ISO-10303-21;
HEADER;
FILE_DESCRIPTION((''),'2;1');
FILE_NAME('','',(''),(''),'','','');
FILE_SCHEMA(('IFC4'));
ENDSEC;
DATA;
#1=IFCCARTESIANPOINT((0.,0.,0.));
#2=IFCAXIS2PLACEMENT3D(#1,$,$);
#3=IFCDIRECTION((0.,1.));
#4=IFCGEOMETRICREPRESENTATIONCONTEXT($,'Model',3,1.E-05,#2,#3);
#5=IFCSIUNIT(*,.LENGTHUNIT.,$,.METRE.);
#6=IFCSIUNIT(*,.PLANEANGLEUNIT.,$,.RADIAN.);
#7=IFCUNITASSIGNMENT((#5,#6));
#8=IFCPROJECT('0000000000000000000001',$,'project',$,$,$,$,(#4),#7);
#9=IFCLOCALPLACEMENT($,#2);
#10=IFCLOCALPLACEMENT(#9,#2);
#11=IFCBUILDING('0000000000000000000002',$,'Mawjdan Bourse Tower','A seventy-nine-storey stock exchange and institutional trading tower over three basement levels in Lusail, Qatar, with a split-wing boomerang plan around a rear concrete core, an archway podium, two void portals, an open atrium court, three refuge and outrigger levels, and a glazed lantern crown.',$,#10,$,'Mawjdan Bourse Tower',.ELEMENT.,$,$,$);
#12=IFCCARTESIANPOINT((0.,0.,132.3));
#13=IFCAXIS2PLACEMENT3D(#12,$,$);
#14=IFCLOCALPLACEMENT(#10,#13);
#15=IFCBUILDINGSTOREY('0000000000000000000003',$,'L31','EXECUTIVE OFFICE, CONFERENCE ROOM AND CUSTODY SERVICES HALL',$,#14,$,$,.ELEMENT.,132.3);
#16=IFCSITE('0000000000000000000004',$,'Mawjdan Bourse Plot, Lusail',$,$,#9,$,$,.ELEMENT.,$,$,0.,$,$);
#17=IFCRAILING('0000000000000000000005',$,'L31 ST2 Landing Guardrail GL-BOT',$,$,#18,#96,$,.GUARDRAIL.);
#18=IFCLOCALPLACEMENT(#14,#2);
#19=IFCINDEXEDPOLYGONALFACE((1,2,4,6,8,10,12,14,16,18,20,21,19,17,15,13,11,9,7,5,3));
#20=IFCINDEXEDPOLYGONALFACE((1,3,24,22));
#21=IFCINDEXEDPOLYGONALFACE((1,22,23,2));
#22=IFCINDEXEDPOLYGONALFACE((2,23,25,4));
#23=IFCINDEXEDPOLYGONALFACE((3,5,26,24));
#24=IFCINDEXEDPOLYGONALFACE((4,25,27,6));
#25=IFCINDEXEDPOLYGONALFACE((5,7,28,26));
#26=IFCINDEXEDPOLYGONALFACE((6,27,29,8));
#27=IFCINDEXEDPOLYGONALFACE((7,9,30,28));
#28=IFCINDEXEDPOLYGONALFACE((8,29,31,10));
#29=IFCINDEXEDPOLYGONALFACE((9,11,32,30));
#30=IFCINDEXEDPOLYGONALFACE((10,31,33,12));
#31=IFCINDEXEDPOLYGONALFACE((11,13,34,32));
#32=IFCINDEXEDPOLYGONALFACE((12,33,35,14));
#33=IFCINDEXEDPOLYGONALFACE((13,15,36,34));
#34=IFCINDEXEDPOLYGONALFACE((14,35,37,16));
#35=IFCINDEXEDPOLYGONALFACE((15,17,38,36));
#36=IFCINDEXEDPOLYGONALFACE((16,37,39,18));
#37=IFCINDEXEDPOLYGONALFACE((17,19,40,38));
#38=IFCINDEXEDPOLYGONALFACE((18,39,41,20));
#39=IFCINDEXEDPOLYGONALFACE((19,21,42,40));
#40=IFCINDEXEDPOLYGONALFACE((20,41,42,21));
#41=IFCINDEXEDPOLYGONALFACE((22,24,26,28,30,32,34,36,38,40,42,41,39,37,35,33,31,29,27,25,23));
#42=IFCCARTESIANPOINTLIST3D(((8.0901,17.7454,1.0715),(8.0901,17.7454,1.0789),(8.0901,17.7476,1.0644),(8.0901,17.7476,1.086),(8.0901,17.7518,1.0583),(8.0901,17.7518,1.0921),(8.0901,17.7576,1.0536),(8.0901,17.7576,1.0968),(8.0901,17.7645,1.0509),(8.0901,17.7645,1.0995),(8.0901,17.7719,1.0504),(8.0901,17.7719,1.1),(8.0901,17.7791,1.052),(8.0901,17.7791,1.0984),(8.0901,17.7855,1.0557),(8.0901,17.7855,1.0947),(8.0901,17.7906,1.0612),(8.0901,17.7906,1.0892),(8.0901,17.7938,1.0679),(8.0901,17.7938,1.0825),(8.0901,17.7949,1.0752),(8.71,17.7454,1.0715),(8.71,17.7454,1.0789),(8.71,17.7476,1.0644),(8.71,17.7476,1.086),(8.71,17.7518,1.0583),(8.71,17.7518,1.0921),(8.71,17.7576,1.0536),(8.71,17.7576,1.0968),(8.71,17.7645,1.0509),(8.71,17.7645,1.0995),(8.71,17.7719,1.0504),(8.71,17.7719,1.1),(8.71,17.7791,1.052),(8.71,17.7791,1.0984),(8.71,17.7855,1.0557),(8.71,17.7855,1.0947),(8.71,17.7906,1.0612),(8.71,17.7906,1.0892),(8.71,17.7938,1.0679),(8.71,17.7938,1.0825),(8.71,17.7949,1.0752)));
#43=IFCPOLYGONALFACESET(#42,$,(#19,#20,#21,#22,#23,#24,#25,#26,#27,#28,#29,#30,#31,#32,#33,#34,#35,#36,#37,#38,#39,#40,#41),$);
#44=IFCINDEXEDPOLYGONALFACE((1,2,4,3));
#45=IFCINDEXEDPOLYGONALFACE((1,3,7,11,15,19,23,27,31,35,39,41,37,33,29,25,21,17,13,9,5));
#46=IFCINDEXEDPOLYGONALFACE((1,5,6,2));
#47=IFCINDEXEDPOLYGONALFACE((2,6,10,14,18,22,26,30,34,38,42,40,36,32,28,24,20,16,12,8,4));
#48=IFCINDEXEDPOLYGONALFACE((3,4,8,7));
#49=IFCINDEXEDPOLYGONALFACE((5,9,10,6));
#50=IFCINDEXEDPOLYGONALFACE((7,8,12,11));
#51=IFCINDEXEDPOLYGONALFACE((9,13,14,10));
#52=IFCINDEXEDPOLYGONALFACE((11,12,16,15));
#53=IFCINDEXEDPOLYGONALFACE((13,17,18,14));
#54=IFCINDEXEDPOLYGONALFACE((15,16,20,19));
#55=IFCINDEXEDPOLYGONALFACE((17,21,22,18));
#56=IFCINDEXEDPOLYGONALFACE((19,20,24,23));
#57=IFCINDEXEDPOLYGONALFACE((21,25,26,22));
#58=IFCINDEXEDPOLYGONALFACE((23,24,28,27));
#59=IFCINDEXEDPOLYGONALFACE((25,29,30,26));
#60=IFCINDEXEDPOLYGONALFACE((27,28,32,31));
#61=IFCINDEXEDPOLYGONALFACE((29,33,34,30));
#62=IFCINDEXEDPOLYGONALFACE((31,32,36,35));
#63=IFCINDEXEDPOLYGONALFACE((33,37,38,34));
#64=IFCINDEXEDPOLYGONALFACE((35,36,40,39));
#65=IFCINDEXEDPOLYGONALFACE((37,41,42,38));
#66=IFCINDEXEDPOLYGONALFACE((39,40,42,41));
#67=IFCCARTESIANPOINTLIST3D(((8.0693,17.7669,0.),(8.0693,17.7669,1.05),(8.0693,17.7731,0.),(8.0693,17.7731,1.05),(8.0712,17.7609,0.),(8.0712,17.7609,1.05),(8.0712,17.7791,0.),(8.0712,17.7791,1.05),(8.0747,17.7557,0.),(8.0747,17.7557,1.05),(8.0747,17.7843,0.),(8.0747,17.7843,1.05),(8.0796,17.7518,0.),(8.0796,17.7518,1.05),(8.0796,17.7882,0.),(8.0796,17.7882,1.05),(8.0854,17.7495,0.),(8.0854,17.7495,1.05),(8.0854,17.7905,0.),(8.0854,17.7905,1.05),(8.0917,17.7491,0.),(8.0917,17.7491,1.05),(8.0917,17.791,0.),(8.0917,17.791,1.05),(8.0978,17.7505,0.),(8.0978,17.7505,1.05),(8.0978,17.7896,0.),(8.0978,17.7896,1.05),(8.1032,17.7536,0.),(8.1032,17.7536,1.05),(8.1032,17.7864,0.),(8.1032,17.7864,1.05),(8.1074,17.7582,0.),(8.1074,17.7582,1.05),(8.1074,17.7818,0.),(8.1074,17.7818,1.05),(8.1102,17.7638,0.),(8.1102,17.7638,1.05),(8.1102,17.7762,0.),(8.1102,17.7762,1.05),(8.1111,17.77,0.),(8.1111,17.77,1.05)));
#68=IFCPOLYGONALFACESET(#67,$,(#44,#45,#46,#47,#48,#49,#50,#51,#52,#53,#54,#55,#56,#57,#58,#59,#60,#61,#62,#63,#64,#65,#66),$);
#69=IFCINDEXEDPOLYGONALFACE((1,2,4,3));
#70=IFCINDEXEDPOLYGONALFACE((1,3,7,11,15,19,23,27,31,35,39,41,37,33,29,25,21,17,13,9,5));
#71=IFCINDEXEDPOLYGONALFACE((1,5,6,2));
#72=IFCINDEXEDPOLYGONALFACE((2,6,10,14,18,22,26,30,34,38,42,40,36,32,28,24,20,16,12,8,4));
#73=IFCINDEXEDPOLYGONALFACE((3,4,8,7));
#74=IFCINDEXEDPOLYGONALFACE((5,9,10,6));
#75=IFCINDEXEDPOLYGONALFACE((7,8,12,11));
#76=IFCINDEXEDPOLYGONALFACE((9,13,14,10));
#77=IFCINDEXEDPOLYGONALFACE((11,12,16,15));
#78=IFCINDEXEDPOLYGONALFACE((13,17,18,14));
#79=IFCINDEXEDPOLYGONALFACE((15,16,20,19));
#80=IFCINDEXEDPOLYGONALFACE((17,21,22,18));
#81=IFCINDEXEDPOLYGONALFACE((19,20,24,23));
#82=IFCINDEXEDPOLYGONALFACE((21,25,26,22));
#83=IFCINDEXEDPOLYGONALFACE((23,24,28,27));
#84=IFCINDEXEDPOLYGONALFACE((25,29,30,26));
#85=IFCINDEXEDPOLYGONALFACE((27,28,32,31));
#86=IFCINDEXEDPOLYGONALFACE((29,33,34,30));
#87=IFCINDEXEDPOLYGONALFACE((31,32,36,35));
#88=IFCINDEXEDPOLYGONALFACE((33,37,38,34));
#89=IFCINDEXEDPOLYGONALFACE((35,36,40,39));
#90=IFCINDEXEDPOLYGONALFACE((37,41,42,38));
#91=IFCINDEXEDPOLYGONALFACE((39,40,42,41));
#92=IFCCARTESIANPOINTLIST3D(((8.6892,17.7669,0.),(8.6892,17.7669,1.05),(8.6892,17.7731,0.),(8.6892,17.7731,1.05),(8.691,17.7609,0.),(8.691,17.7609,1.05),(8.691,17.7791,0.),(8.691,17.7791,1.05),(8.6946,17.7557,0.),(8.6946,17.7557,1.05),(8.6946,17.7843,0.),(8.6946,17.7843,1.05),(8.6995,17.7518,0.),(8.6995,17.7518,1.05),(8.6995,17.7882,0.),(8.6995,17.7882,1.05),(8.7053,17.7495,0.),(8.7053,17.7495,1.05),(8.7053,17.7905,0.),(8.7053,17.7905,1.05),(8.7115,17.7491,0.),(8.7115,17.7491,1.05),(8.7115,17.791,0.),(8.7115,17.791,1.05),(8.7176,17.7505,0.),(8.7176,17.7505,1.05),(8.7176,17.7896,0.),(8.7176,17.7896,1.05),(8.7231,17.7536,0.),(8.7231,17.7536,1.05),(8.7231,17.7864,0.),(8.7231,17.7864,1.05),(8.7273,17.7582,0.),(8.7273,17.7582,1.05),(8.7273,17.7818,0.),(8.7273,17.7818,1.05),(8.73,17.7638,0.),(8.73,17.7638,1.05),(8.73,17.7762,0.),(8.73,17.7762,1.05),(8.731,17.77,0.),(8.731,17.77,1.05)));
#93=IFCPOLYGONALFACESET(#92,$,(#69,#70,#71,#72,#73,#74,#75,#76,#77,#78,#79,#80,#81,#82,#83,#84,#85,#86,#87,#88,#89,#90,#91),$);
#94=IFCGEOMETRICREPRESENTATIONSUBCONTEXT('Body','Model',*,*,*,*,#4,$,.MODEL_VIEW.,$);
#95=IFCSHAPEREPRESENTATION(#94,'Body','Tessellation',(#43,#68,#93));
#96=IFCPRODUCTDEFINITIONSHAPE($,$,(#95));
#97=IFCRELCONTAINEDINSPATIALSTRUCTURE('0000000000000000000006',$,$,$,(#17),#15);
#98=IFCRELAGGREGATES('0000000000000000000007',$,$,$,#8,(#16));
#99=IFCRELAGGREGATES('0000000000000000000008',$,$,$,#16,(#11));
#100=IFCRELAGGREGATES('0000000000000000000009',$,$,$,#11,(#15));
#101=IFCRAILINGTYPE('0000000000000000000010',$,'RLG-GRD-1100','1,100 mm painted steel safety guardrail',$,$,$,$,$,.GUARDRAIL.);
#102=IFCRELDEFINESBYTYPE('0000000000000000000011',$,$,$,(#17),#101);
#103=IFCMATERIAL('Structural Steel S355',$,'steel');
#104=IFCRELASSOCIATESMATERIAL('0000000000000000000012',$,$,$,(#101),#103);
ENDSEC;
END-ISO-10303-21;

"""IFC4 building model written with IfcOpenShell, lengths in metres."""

from ifc_helpers import new_model, si_unit, direction, frame, origin, origin_2d, place, context, subcontext, project, spatial, circle, extrude, material, type_object, element, save


model = new_model("IFC4")

# Units and contexts
model_context = context("Model", 3, precision=1e-05, world=origin(), true_north=direction((0.0, 1.0)))
body_context = subcontext(model_context, "Body", "Model", "MODEL_VIEW")
ifc_project = project(units=[si_unit("LENGTHUNIT", "METRE"), si_unit("PLANEANGLEUNIT", "RADIAN")], contexts=[model_context])

# Site, building, storey
site_placement = place(None, origin())
site = spatial("IfcSite", under=ifc_project, at=site_placement, Name="Mawjdan Bourse Plot, Lusail", CompositionType="ELEMENT", RefElevation=0.0)
building_placement = place(site_placement, origin())
building = spatial("IfcBuilding", under=site, at=building_placement, Name="Mawjdan Bourse Tower", Description="A seventy-nine-storey stock exchange and institutional trading tower over three basement levels in Lusail, Qatar, with a split-wing boomerang plan around a rear concrete core, an archway podium, two void portals, an open atrium court, three refuge and outrigger levels, and a glazed lantern crown.", LongName="Mawjdan Bourse Tower", CompositionType="ELEMENT")
storey_placement = place(building_placement, frame((0.0, 0.0, 132.3)))
storey = spatial("IfcBuildingStorey", under=building, at=storey_placement, Name="L31", Description="EXECUTIVE OFFICE, CONFERENCE ROOM AND CUSTODY SERVICES HALL", CompositionType="ELEMENT", Elevation=132.3)

# Shared definitions
ifc_material_1 = material(Name="Structural Steel S355", Category="steel")

# Railing
railing_type_1 = type_object("IfcRailingType", Name="RLG-GRD-1100", Description="1,100 mm painted steel safety guardrail", PredefinedType="GUARDRAIL", material=ifc_material_1)
for number, where, name in (
    (1, (8.0901, 17.77, 0.0), "L31 ST2 Landing Guardrail GL-BOT"),
):
    element("IfcRailing", number, at=place(storey_placement, frame(where)), inside=storey, type_object=railing_type_1, Name=name, PredefinedType="GUARDRAIL", context=body_context, shape_type="SweptSolid", body=[
        extrude(circle(Radius=0.0249, at=origin_2d()), frame((0.0, 0.0, 1.0752), z_axis=(1.0, 0.0, 0.0), x_axis=(0.0, 1.0, 0.0)), (0.0, 0.0, 1.0), 0.6199),
        extrude(circle(Radius=0.021, at=origin_2d()), origin(), (0.0, 0.0, 1.0), 1.05),
        extrude(circle(Radius=0.021, at=origin_2d()), frame((0.6199, 0.0, 0.0)), (0.0, 0.0, 1.0), 1.05),
    ])

save(model, "model.ifc")
